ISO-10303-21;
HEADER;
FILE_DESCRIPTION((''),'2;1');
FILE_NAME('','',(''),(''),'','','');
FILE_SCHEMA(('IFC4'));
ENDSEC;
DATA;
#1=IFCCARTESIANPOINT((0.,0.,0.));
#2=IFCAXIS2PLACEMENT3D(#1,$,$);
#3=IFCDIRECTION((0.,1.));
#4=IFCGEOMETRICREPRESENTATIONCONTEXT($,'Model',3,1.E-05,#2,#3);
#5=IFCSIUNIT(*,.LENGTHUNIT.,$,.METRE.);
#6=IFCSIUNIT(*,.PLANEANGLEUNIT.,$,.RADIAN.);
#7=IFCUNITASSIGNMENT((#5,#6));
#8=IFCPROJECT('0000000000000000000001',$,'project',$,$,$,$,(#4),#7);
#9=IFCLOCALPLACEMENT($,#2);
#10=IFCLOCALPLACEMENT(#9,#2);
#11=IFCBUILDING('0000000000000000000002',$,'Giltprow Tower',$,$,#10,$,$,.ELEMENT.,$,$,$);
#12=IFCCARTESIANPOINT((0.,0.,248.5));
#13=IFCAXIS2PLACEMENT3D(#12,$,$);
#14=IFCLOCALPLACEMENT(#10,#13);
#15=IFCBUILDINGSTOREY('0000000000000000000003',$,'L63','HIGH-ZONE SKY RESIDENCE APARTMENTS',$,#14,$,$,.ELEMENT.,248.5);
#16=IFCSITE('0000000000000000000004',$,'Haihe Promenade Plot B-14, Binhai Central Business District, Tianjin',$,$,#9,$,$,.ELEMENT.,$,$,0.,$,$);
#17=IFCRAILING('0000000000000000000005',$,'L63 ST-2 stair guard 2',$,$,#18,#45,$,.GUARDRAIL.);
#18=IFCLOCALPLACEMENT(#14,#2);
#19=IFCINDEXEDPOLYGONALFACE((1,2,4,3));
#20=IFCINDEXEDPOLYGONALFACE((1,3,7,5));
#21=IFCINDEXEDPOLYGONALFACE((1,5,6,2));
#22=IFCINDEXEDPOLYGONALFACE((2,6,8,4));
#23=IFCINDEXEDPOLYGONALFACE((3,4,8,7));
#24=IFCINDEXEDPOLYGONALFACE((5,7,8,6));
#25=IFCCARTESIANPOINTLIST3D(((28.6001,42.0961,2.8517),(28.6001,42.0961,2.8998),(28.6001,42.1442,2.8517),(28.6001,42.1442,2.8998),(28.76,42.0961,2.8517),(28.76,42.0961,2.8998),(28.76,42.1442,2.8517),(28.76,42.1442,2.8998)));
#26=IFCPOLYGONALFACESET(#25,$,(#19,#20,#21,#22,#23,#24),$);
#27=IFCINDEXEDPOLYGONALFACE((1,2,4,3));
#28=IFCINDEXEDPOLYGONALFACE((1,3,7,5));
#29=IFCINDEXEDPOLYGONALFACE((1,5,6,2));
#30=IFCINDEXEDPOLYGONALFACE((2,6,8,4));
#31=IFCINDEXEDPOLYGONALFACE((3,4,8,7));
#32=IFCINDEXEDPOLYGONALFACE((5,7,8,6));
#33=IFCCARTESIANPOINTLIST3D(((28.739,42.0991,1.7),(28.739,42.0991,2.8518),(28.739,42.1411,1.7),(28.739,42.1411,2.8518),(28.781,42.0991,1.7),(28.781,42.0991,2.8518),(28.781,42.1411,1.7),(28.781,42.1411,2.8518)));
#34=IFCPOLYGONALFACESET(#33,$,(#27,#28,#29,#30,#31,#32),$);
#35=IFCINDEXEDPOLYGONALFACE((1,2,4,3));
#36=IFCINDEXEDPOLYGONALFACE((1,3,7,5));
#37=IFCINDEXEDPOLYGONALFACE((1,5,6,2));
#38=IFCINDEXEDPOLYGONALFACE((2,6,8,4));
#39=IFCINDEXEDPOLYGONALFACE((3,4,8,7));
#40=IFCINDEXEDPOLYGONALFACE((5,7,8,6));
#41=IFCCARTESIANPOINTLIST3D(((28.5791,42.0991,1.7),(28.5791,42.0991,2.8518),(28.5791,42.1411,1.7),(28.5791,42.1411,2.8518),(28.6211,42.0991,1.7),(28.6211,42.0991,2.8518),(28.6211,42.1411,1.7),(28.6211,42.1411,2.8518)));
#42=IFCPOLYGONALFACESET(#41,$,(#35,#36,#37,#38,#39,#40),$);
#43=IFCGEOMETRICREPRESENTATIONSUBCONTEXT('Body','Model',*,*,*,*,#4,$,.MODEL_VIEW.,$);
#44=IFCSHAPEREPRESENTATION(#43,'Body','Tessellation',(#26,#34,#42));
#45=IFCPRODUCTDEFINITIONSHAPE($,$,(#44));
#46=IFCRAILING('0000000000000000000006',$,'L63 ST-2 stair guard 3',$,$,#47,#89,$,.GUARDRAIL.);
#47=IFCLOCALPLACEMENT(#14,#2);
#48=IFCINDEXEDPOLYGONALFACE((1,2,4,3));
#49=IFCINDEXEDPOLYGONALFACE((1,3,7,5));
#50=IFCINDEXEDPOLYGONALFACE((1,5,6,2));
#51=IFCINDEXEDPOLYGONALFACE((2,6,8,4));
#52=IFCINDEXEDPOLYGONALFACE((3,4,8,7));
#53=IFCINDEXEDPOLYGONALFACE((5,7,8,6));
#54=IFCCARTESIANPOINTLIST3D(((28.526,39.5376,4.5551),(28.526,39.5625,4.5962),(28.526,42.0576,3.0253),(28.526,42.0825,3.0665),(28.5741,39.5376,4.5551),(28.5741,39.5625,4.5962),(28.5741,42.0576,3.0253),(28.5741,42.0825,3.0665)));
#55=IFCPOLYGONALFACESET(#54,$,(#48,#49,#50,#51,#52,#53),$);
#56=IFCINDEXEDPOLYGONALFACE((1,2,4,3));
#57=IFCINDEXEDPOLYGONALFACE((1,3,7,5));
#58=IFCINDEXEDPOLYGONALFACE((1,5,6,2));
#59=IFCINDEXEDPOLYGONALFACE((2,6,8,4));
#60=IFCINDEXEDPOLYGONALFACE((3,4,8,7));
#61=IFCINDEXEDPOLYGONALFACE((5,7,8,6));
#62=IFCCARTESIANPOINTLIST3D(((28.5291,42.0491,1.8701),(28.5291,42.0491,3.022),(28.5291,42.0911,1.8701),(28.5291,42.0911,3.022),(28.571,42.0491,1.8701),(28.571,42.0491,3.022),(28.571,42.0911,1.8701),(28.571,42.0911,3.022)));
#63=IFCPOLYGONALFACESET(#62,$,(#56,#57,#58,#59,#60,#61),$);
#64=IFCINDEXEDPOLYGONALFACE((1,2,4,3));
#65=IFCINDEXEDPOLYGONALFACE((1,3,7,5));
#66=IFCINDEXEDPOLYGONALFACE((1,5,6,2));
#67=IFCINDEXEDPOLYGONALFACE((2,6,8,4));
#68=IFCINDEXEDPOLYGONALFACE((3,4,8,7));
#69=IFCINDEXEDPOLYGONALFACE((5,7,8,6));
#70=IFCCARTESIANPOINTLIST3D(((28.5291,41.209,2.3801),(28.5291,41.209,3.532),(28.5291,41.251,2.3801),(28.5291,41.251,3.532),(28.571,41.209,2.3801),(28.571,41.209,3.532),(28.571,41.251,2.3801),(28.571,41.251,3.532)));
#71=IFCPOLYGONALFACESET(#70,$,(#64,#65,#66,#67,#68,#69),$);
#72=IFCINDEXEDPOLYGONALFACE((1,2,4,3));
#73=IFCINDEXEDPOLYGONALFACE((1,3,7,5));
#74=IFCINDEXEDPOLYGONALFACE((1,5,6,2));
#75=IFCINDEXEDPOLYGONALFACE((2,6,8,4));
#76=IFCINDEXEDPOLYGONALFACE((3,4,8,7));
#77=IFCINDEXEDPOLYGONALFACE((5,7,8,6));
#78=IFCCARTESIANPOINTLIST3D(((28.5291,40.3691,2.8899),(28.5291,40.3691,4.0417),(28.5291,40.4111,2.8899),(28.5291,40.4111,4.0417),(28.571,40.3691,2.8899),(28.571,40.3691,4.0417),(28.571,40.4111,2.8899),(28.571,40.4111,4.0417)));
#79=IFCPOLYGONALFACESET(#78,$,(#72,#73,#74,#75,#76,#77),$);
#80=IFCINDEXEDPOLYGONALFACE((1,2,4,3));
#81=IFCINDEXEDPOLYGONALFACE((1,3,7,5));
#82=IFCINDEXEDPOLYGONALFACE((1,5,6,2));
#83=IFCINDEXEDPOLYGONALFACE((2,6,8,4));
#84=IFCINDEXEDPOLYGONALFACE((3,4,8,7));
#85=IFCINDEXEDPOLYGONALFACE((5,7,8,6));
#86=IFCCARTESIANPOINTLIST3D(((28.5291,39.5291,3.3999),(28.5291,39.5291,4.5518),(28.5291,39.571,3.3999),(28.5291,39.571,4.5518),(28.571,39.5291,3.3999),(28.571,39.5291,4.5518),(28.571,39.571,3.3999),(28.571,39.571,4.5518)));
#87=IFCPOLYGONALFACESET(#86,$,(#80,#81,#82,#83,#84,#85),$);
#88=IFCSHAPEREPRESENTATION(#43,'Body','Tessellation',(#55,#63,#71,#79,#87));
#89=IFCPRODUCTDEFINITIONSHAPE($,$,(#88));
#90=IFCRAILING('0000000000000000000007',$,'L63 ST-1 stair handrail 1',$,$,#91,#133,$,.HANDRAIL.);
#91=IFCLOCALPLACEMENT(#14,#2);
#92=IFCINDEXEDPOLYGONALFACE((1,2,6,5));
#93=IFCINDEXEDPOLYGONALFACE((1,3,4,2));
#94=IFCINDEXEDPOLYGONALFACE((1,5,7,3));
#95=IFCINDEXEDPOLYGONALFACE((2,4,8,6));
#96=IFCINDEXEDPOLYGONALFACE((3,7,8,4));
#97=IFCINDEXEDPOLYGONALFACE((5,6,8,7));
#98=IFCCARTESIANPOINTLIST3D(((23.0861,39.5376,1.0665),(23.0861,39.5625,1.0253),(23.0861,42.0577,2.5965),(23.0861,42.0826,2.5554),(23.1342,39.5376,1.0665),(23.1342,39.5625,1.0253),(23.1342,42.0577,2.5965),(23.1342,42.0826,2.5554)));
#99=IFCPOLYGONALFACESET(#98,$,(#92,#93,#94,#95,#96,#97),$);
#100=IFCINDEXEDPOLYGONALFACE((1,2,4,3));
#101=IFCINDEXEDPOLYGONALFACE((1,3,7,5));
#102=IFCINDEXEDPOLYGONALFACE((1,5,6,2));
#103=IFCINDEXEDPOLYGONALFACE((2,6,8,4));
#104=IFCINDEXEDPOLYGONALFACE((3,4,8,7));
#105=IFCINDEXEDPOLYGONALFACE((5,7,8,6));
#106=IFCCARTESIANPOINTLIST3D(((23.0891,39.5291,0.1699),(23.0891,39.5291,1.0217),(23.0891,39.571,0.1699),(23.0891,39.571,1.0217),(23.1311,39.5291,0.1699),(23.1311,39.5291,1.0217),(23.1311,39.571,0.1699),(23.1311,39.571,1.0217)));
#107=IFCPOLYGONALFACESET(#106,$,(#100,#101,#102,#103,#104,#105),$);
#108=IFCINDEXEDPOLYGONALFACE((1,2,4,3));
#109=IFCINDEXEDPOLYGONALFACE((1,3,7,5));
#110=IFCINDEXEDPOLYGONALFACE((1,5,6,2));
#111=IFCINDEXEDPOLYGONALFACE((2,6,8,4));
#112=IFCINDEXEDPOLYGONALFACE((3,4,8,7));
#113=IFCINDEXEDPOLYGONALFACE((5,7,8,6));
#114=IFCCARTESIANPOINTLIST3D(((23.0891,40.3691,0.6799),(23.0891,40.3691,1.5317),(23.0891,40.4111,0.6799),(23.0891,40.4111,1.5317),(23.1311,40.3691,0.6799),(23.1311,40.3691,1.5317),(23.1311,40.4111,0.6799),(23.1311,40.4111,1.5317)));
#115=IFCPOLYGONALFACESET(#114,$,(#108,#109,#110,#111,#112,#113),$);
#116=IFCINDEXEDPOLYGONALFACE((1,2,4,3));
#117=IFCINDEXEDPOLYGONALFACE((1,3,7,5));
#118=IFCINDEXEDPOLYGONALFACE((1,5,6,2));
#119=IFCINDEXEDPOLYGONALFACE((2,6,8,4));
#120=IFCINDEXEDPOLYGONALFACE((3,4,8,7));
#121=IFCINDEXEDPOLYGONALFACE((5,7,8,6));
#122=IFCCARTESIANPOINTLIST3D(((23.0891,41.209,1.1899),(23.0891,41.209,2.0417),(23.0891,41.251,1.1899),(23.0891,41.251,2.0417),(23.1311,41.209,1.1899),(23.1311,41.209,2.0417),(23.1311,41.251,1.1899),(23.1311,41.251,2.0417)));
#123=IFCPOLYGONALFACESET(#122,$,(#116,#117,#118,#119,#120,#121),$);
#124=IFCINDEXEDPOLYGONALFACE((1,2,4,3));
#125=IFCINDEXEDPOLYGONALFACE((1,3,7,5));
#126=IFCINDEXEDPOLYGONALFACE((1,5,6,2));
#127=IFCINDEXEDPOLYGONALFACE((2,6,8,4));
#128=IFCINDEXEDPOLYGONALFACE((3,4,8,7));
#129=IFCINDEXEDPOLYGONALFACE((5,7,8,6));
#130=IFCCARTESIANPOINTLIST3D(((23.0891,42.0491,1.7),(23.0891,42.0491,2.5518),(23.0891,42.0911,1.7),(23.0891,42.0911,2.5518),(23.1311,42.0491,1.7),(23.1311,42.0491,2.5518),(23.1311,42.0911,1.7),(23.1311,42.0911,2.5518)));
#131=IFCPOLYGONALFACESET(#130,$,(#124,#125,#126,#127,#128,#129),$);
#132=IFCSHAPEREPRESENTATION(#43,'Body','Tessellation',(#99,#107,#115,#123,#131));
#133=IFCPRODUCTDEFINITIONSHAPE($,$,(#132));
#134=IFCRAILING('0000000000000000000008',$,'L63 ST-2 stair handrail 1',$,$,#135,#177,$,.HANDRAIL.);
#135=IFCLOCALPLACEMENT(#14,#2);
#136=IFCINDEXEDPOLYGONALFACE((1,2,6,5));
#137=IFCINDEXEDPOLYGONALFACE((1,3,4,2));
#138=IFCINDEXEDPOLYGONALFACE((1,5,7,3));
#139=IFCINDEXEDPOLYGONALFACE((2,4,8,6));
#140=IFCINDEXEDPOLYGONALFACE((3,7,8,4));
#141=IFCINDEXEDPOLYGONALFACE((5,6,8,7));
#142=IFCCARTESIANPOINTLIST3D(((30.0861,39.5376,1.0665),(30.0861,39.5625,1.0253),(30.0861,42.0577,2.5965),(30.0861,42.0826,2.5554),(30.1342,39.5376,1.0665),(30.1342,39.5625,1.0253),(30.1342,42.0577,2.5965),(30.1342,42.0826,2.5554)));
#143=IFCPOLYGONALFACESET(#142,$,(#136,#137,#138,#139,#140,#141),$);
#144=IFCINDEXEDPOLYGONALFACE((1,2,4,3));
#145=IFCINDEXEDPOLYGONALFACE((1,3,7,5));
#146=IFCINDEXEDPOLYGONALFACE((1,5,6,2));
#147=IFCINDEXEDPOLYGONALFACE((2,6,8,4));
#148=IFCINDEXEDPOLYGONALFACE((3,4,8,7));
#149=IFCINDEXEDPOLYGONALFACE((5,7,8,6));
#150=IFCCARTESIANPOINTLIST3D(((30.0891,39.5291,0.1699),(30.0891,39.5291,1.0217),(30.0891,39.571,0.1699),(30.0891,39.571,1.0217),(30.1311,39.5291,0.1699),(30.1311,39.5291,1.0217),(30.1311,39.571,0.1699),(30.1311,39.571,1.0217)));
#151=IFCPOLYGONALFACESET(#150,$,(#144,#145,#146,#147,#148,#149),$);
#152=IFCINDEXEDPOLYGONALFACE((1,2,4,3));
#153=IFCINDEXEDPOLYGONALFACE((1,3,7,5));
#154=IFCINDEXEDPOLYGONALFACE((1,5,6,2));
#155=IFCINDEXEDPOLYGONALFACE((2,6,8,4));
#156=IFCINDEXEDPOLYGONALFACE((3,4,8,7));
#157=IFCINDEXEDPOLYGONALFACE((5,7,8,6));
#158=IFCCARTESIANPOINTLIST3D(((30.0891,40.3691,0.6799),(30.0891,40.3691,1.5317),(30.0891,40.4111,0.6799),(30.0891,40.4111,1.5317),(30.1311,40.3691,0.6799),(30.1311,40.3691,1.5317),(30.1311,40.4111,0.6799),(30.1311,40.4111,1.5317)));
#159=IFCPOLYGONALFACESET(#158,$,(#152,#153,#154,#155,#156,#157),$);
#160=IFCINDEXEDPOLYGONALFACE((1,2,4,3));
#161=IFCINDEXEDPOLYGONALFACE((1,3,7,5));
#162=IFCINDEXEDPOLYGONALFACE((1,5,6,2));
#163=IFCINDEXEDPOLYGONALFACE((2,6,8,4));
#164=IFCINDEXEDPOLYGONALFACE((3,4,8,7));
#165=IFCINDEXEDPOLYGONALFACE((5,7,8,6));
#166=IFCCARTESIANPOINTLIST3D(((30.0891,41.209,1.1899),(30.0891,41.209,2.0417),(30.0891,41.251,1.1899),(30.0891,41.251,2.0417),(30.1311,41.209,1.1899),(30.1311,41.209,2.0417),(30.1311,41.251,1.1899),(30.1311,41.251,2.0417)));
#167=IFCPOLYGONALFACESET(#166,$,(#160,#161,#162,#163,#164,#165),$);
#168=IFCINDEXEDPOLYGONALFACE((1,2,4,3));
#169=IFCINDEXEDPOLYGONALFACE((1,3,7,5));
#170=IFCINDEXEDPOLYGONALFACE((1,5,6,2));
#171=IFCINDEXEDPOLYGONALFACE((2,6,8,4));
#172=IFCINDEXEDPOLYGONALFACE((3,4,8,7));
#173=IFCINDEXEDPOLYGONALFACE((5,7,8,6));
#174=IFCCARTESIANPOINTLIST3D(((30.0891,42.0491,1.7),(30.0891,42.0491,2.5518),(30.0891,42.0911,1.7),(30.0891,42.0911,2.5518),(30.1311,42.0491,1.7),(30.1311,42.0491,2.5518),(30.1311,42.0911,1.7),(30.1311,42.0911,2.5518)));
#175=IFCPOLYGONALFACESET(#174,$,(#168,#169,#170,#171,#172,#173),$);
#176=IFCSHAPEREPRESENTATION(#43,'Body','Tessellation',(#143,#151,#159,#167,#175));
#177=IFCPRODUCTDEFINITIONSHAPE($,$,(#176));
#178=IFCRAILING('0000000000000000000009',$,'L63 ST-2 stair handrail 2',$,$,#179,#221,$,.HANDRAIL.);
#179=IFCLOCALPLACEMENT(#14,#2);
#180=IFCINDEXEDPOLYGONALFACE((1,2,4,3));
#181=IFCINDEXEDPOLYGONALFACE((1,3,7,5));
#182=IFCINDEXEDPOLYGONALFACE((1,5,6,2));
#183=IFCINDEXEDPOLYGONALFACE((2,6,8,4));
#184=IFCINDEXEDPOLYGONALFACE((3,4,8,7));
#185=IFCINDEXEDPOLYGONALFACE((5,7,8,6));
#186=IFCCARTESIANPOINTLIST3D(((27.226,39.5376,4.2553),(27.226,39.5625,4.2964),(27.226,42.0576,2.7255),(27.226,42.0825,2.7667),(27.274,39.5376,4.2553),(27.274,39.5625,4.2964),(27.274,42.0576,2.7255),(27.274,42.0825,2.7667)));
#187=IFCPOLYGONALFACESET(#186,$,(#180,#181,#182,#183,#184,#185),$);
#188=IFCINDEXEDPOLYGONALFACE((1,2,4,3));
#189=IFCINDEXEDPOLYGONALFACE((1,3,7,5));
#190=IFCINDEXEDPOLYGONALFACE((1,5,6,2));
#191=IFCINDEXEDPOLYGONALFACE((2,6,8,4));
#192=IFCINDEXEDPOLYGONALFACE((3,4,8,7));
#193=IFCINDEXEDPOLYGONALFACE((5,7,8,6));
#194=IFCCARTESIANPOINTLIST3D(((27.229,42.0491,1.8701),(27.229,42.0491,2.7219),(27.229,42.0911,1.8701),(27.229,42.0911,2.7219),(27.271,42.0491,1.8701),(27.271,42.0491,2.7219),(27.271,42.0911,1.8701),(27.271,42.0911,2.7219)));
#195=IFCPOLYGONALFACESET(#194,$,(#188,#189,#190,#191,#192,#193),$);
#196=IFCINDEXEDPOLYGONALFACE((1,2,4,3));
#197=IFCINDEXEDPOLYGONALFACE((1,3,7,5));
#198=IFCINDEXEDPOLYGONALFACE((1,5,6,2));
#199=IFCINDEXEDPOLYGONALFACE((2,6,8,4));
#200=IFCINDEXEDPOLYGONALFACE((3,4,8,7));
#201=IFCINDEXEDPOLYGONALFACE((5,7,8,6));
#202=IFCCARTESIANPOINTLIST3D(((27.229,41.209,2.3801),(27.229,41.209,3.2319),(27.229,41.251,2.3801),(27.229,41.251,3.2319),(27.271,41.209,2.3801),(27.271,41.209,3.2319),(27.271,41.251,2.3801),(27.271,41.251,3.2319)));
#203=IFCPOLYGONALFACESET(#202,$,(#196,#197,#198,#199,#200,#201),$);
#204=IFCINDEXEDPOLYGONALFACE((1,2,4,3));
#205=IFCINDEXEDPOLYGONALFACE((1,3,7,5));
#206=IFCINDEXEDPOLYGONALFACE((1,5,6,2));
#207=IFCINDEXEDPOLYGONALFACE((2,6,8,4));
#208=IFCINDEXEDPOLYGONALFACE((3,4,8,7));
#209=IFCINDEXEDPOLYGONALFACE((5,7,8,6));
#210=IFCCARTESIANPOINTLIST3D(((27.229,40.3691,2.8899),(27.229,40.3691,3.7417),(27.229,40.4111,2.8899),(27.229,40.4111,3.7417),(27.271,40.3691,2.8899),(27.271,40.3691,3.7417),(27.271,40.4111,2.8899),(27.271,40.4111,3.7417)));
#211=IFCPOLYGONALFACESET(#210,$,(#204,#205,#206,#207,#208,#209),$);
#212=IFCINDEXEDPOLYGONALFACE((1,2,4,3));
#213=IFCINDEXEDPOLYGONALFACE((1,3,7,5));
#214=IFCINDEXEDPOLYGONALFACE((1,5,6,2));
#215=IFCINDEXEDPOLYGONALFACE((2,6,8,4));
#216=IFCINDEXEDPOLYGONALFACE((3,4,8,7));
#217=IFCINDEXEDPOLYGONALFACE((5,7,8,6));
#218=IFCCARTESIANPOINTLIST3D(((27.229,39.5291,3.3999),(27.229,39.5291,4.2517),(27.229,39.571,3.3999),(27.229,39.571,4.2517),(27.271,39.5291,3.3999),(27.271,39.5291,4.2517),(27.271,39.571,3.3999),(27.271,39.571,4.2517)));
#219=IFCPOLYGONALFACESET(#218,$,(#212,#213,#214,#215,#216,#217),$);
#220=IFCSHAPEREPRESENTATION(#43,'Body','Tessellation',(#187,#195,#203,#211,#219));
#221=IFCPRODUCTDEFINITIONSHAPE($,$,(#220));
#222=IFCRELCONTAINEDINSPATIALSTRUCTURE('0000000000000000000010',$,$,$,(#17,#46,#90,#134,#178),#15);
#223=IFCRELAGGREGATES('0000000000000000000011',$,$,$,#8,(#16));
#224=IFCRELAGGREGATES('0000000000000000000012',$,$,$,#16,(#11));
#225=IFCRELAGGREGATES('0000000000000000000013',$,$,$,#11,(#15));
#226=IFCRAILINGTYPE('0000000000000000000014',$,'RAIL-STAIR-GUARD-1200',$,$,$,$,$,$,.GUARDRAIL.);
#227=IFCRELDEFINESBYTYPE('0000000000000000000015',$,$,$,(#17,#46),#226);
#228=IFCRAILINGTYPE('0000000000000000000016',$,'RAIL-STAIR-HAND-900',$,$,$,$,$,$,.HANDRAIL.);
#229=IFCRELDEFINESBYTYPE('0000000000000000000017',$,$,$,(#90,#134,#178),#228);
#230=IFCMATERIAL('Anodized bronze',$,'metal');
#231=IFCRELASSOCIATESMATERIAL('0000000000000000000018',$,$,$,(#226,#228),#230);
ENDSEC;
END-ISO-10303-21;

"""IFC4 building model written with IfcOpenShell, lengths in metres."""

from ifc_helpers import new_model, si_unit, direction, frame, origin, origin_2d, place, context, subcontext, project, spatial, rectangle, extrude, material, type_object, element, save


model = new_model("IFC4")

# Units and contexts
model_context = context("Model", 3, precision=1e-05, world=origin(), true_north=direction((0.0, 1.0)))
body_context = subcontext(model_context, "Body", "Model", "MODEL_VIEW")
ifc_project = project(units=[si_unit("LENGTHUNIT", "METRE"), si_unit("PLANEANGLEUNIT", "RADIAN")], contexts=[model_context])

# Site, building, storey
site_placement = place(None, origin())
site = spatial("IfcSite", under=ifc_project, at=site_placement, Name="Haihe Promenade Plot B-14, Binhai Central Business District, Tianjin", CompositionType="ELEMENT", RefElevation=0.0)
building_placement = place(site_placement, origin())
building = spatial("IfcBuilding", under=site, at=building_placement, Name="Giltprow Tower", CompositionType="ELEMENT")
storey_placement = place(building_placement, frame((0.0, 0.0, 248.5)))
storey = spatial("IfcBuildingStorey", under=building, at=storey_placement, Name="L63", Description="HIGH-ZONE SKY RESIDENCE APARTMENTS", CompositionType="ELEMENT", Elevation=248.5)

# Railings
ifc_material_1 = material(Name="Anodized bronze", Category="metal")
railing_type_1 = type_object("IfcRailingType", Name="RAIL-STAIR-GUARD-1200", PredefinedType="GUARDRAIL", material=ifc_material_1)
railing_1_placement = place(storey_placement, frame((28.76, 42.1201, 1.7)))
element("IfcRailing", 1, at=railing_1_placement, inside=storey, type_object=railing_type_1, Name="L63 ST-2 stair guard 2", PredefinedType="GUARDRAIL", context=body_context, shape_type="SweptSolid", body=[
    extrude(rectangle(XDim=0.0481, YDim=0.0481, at=origin_2d()), frame((0.0, 0.0, 1.1758), z_axis=(-1.0, 0.0, 0.0), x_axis=(0.0, -1.0, 0.0)), (0.0, 0.0, 1.0), 0.1599),
    extrude(rectangle(XDim=0.042, YDim=0.042, at=origin_2d()), origin(), (0.0, 0.0, 1.0), 1.1519),
    extrude(rectangle(XDim=0.042, YDim=0.042, at=origin_2d()), frame((-0.1599, 0.0, 0.0)), (0.0, 0.0, 1.0), 1.1519),
])
railing_2_placement = place(storey_placement, frame((28.55, 42.0701, 1.8701)))
element("IfcRailing", 2, at=railing_2_placement, inside=storey, type_object=railing_type_1, Name="L63 ST-2 stair guard 3", PredefinedType="GUARDRAIL", context=body_context, shape_type="SweptSolid", body=[
    extrude(rectangle(XDim=0.0481, YDim=0.0481, at=origin_2d()), frame((0.0, 0.0, 1.1758), z_axis=(0.0, -0.854822, 0.518922), x_axis=(1.0, 0.0, 0.0)), (0.0, 0.0, 1.0), 2.948),
    extrude(rectangle(XDim=0.042, YDim=0.042, at=origin_2d()), origin(), (0.0, 0.0, 1.0), 1.1519),
    extrude(rectangle(XDim=0.042, YDim=0.042, at=origin_2d()), frame((0.0, -0.8401, 0.51)), (0.0, 0.0, 1.0), 1.1519),
    extrude(rectangle(XDim=0.042, YDim=0.042, at=origin_2d()), frame((0.0, -1.6799, 1.0198)), (0.0, 0.0, 1.0), 1.1519),
    extrude(rectangle(XDim=0.042, YDim=0.042, at=origin_2d()), frame((0.0, -2.52, 1.5298)), (0.0, 0.0, 1.0), 1.1519),
])
railing_type_2 = type_object("IfcRailingType", Name="RAIL-STAIR-HAND-900", PredefinedType="HANDRAIL", material=ifc_material_1)
for number, where, name in (
    (3, (23.1101, 39.55, 0.1699), "L63 ST-1 stair handrail 1"),
    (4, (30.1101, 39.55, 0.1699), "L63 ST-2 stair handrail 1"),
):
    element("IfcRailing", number, at=place(storey_placement, frame(where)), inside=storey, type_object=railing_type_2, Name=name, PredefinedType="HANDRAIL", context=body_context, shape_type="SweptSolid", body=[
        extrude(rectangle(XDim=0.0481, YDim=0.0481, at=origin_2d()), frame((0.0, 0.0, 0.876), z_axis=(0.0, 0.854785, 0.518982), x_axis=(-1.0, 0.0, 0.0)), (0.0, 0.0, 1.0), 2.9482),
        extrude(rectangle(XDim=0.042, YDim=0.042, at=origin_2d()), origin(), (0.0, 0.0, 1.0), 0.8518),
        extrude(rectangle(XDim=0.042, YDim=0.042, at=origin_2d()), frame((0.0, 0.8401, 0.51)), (0.0, 0.0, 1.0), 0.8518),
        extrude(rectangle(XDim=0.042, YDim=0.042, at=origin_2d()), frame((0.0, 1.6799, 1.02)), (0.0, 0.0, 1.0), 0.8518),
        extrude(rectangle(XDim=0.042, YDim=0.042, at=origin_2d()), frame((0.0, 2.52, 1.53)), (0.0, 0.0, 1.0), 0.8518),
    ])
railing_3_placement = place(storey_placement, frame((27.25, 42.0701, 1.8701)))
element("IfcRailing", 5, at=railing_3_placement, inside=storey, type_object=railing_type_2, Name="L63 ST-2 stair handrail 2", PredefinedType="HANDRAIL", context=body_context, shape_type="SweptSolid", body=[
    extrude(rectangle(XDim=0.0481, YDim=0.0481, at=origin_2d()), frame((0.0, 0.0, 0.876), z_axis=(0.0, -0.854822, 0.518922), x_axis=(1.0, 0.0, 0.0)), (0.0, 0.0, 1.0), 2.948),
    extrude(rectangle(XDim=0.042, YDim=0.042, at=origin_2d()), origin(), (0.0, 0.0, 1.0), 0.8518),
    extrude(rectangle(XDim=0.042, YDim=0.042, at=origin_2d()), frame((0.0, -0.8401, 0.51)), (0.0, 0.0, 1.0), 0.8518),
    extrude(rectangle(XDim=0.042, YDim=0.042, at=origin_2d()), frame((0.0, -1.6799, 1.0198)), (0.0, 0.0, 1.0), 0.8518),
    extrude(rectangle(XDim=0.042, YDim=0.042, at=origin_2d()), frame((0.0, -2.52, 1.5298)), (0.0, 0.0, 1.0), 0.8518),
])

save(model, "model.ifc")
